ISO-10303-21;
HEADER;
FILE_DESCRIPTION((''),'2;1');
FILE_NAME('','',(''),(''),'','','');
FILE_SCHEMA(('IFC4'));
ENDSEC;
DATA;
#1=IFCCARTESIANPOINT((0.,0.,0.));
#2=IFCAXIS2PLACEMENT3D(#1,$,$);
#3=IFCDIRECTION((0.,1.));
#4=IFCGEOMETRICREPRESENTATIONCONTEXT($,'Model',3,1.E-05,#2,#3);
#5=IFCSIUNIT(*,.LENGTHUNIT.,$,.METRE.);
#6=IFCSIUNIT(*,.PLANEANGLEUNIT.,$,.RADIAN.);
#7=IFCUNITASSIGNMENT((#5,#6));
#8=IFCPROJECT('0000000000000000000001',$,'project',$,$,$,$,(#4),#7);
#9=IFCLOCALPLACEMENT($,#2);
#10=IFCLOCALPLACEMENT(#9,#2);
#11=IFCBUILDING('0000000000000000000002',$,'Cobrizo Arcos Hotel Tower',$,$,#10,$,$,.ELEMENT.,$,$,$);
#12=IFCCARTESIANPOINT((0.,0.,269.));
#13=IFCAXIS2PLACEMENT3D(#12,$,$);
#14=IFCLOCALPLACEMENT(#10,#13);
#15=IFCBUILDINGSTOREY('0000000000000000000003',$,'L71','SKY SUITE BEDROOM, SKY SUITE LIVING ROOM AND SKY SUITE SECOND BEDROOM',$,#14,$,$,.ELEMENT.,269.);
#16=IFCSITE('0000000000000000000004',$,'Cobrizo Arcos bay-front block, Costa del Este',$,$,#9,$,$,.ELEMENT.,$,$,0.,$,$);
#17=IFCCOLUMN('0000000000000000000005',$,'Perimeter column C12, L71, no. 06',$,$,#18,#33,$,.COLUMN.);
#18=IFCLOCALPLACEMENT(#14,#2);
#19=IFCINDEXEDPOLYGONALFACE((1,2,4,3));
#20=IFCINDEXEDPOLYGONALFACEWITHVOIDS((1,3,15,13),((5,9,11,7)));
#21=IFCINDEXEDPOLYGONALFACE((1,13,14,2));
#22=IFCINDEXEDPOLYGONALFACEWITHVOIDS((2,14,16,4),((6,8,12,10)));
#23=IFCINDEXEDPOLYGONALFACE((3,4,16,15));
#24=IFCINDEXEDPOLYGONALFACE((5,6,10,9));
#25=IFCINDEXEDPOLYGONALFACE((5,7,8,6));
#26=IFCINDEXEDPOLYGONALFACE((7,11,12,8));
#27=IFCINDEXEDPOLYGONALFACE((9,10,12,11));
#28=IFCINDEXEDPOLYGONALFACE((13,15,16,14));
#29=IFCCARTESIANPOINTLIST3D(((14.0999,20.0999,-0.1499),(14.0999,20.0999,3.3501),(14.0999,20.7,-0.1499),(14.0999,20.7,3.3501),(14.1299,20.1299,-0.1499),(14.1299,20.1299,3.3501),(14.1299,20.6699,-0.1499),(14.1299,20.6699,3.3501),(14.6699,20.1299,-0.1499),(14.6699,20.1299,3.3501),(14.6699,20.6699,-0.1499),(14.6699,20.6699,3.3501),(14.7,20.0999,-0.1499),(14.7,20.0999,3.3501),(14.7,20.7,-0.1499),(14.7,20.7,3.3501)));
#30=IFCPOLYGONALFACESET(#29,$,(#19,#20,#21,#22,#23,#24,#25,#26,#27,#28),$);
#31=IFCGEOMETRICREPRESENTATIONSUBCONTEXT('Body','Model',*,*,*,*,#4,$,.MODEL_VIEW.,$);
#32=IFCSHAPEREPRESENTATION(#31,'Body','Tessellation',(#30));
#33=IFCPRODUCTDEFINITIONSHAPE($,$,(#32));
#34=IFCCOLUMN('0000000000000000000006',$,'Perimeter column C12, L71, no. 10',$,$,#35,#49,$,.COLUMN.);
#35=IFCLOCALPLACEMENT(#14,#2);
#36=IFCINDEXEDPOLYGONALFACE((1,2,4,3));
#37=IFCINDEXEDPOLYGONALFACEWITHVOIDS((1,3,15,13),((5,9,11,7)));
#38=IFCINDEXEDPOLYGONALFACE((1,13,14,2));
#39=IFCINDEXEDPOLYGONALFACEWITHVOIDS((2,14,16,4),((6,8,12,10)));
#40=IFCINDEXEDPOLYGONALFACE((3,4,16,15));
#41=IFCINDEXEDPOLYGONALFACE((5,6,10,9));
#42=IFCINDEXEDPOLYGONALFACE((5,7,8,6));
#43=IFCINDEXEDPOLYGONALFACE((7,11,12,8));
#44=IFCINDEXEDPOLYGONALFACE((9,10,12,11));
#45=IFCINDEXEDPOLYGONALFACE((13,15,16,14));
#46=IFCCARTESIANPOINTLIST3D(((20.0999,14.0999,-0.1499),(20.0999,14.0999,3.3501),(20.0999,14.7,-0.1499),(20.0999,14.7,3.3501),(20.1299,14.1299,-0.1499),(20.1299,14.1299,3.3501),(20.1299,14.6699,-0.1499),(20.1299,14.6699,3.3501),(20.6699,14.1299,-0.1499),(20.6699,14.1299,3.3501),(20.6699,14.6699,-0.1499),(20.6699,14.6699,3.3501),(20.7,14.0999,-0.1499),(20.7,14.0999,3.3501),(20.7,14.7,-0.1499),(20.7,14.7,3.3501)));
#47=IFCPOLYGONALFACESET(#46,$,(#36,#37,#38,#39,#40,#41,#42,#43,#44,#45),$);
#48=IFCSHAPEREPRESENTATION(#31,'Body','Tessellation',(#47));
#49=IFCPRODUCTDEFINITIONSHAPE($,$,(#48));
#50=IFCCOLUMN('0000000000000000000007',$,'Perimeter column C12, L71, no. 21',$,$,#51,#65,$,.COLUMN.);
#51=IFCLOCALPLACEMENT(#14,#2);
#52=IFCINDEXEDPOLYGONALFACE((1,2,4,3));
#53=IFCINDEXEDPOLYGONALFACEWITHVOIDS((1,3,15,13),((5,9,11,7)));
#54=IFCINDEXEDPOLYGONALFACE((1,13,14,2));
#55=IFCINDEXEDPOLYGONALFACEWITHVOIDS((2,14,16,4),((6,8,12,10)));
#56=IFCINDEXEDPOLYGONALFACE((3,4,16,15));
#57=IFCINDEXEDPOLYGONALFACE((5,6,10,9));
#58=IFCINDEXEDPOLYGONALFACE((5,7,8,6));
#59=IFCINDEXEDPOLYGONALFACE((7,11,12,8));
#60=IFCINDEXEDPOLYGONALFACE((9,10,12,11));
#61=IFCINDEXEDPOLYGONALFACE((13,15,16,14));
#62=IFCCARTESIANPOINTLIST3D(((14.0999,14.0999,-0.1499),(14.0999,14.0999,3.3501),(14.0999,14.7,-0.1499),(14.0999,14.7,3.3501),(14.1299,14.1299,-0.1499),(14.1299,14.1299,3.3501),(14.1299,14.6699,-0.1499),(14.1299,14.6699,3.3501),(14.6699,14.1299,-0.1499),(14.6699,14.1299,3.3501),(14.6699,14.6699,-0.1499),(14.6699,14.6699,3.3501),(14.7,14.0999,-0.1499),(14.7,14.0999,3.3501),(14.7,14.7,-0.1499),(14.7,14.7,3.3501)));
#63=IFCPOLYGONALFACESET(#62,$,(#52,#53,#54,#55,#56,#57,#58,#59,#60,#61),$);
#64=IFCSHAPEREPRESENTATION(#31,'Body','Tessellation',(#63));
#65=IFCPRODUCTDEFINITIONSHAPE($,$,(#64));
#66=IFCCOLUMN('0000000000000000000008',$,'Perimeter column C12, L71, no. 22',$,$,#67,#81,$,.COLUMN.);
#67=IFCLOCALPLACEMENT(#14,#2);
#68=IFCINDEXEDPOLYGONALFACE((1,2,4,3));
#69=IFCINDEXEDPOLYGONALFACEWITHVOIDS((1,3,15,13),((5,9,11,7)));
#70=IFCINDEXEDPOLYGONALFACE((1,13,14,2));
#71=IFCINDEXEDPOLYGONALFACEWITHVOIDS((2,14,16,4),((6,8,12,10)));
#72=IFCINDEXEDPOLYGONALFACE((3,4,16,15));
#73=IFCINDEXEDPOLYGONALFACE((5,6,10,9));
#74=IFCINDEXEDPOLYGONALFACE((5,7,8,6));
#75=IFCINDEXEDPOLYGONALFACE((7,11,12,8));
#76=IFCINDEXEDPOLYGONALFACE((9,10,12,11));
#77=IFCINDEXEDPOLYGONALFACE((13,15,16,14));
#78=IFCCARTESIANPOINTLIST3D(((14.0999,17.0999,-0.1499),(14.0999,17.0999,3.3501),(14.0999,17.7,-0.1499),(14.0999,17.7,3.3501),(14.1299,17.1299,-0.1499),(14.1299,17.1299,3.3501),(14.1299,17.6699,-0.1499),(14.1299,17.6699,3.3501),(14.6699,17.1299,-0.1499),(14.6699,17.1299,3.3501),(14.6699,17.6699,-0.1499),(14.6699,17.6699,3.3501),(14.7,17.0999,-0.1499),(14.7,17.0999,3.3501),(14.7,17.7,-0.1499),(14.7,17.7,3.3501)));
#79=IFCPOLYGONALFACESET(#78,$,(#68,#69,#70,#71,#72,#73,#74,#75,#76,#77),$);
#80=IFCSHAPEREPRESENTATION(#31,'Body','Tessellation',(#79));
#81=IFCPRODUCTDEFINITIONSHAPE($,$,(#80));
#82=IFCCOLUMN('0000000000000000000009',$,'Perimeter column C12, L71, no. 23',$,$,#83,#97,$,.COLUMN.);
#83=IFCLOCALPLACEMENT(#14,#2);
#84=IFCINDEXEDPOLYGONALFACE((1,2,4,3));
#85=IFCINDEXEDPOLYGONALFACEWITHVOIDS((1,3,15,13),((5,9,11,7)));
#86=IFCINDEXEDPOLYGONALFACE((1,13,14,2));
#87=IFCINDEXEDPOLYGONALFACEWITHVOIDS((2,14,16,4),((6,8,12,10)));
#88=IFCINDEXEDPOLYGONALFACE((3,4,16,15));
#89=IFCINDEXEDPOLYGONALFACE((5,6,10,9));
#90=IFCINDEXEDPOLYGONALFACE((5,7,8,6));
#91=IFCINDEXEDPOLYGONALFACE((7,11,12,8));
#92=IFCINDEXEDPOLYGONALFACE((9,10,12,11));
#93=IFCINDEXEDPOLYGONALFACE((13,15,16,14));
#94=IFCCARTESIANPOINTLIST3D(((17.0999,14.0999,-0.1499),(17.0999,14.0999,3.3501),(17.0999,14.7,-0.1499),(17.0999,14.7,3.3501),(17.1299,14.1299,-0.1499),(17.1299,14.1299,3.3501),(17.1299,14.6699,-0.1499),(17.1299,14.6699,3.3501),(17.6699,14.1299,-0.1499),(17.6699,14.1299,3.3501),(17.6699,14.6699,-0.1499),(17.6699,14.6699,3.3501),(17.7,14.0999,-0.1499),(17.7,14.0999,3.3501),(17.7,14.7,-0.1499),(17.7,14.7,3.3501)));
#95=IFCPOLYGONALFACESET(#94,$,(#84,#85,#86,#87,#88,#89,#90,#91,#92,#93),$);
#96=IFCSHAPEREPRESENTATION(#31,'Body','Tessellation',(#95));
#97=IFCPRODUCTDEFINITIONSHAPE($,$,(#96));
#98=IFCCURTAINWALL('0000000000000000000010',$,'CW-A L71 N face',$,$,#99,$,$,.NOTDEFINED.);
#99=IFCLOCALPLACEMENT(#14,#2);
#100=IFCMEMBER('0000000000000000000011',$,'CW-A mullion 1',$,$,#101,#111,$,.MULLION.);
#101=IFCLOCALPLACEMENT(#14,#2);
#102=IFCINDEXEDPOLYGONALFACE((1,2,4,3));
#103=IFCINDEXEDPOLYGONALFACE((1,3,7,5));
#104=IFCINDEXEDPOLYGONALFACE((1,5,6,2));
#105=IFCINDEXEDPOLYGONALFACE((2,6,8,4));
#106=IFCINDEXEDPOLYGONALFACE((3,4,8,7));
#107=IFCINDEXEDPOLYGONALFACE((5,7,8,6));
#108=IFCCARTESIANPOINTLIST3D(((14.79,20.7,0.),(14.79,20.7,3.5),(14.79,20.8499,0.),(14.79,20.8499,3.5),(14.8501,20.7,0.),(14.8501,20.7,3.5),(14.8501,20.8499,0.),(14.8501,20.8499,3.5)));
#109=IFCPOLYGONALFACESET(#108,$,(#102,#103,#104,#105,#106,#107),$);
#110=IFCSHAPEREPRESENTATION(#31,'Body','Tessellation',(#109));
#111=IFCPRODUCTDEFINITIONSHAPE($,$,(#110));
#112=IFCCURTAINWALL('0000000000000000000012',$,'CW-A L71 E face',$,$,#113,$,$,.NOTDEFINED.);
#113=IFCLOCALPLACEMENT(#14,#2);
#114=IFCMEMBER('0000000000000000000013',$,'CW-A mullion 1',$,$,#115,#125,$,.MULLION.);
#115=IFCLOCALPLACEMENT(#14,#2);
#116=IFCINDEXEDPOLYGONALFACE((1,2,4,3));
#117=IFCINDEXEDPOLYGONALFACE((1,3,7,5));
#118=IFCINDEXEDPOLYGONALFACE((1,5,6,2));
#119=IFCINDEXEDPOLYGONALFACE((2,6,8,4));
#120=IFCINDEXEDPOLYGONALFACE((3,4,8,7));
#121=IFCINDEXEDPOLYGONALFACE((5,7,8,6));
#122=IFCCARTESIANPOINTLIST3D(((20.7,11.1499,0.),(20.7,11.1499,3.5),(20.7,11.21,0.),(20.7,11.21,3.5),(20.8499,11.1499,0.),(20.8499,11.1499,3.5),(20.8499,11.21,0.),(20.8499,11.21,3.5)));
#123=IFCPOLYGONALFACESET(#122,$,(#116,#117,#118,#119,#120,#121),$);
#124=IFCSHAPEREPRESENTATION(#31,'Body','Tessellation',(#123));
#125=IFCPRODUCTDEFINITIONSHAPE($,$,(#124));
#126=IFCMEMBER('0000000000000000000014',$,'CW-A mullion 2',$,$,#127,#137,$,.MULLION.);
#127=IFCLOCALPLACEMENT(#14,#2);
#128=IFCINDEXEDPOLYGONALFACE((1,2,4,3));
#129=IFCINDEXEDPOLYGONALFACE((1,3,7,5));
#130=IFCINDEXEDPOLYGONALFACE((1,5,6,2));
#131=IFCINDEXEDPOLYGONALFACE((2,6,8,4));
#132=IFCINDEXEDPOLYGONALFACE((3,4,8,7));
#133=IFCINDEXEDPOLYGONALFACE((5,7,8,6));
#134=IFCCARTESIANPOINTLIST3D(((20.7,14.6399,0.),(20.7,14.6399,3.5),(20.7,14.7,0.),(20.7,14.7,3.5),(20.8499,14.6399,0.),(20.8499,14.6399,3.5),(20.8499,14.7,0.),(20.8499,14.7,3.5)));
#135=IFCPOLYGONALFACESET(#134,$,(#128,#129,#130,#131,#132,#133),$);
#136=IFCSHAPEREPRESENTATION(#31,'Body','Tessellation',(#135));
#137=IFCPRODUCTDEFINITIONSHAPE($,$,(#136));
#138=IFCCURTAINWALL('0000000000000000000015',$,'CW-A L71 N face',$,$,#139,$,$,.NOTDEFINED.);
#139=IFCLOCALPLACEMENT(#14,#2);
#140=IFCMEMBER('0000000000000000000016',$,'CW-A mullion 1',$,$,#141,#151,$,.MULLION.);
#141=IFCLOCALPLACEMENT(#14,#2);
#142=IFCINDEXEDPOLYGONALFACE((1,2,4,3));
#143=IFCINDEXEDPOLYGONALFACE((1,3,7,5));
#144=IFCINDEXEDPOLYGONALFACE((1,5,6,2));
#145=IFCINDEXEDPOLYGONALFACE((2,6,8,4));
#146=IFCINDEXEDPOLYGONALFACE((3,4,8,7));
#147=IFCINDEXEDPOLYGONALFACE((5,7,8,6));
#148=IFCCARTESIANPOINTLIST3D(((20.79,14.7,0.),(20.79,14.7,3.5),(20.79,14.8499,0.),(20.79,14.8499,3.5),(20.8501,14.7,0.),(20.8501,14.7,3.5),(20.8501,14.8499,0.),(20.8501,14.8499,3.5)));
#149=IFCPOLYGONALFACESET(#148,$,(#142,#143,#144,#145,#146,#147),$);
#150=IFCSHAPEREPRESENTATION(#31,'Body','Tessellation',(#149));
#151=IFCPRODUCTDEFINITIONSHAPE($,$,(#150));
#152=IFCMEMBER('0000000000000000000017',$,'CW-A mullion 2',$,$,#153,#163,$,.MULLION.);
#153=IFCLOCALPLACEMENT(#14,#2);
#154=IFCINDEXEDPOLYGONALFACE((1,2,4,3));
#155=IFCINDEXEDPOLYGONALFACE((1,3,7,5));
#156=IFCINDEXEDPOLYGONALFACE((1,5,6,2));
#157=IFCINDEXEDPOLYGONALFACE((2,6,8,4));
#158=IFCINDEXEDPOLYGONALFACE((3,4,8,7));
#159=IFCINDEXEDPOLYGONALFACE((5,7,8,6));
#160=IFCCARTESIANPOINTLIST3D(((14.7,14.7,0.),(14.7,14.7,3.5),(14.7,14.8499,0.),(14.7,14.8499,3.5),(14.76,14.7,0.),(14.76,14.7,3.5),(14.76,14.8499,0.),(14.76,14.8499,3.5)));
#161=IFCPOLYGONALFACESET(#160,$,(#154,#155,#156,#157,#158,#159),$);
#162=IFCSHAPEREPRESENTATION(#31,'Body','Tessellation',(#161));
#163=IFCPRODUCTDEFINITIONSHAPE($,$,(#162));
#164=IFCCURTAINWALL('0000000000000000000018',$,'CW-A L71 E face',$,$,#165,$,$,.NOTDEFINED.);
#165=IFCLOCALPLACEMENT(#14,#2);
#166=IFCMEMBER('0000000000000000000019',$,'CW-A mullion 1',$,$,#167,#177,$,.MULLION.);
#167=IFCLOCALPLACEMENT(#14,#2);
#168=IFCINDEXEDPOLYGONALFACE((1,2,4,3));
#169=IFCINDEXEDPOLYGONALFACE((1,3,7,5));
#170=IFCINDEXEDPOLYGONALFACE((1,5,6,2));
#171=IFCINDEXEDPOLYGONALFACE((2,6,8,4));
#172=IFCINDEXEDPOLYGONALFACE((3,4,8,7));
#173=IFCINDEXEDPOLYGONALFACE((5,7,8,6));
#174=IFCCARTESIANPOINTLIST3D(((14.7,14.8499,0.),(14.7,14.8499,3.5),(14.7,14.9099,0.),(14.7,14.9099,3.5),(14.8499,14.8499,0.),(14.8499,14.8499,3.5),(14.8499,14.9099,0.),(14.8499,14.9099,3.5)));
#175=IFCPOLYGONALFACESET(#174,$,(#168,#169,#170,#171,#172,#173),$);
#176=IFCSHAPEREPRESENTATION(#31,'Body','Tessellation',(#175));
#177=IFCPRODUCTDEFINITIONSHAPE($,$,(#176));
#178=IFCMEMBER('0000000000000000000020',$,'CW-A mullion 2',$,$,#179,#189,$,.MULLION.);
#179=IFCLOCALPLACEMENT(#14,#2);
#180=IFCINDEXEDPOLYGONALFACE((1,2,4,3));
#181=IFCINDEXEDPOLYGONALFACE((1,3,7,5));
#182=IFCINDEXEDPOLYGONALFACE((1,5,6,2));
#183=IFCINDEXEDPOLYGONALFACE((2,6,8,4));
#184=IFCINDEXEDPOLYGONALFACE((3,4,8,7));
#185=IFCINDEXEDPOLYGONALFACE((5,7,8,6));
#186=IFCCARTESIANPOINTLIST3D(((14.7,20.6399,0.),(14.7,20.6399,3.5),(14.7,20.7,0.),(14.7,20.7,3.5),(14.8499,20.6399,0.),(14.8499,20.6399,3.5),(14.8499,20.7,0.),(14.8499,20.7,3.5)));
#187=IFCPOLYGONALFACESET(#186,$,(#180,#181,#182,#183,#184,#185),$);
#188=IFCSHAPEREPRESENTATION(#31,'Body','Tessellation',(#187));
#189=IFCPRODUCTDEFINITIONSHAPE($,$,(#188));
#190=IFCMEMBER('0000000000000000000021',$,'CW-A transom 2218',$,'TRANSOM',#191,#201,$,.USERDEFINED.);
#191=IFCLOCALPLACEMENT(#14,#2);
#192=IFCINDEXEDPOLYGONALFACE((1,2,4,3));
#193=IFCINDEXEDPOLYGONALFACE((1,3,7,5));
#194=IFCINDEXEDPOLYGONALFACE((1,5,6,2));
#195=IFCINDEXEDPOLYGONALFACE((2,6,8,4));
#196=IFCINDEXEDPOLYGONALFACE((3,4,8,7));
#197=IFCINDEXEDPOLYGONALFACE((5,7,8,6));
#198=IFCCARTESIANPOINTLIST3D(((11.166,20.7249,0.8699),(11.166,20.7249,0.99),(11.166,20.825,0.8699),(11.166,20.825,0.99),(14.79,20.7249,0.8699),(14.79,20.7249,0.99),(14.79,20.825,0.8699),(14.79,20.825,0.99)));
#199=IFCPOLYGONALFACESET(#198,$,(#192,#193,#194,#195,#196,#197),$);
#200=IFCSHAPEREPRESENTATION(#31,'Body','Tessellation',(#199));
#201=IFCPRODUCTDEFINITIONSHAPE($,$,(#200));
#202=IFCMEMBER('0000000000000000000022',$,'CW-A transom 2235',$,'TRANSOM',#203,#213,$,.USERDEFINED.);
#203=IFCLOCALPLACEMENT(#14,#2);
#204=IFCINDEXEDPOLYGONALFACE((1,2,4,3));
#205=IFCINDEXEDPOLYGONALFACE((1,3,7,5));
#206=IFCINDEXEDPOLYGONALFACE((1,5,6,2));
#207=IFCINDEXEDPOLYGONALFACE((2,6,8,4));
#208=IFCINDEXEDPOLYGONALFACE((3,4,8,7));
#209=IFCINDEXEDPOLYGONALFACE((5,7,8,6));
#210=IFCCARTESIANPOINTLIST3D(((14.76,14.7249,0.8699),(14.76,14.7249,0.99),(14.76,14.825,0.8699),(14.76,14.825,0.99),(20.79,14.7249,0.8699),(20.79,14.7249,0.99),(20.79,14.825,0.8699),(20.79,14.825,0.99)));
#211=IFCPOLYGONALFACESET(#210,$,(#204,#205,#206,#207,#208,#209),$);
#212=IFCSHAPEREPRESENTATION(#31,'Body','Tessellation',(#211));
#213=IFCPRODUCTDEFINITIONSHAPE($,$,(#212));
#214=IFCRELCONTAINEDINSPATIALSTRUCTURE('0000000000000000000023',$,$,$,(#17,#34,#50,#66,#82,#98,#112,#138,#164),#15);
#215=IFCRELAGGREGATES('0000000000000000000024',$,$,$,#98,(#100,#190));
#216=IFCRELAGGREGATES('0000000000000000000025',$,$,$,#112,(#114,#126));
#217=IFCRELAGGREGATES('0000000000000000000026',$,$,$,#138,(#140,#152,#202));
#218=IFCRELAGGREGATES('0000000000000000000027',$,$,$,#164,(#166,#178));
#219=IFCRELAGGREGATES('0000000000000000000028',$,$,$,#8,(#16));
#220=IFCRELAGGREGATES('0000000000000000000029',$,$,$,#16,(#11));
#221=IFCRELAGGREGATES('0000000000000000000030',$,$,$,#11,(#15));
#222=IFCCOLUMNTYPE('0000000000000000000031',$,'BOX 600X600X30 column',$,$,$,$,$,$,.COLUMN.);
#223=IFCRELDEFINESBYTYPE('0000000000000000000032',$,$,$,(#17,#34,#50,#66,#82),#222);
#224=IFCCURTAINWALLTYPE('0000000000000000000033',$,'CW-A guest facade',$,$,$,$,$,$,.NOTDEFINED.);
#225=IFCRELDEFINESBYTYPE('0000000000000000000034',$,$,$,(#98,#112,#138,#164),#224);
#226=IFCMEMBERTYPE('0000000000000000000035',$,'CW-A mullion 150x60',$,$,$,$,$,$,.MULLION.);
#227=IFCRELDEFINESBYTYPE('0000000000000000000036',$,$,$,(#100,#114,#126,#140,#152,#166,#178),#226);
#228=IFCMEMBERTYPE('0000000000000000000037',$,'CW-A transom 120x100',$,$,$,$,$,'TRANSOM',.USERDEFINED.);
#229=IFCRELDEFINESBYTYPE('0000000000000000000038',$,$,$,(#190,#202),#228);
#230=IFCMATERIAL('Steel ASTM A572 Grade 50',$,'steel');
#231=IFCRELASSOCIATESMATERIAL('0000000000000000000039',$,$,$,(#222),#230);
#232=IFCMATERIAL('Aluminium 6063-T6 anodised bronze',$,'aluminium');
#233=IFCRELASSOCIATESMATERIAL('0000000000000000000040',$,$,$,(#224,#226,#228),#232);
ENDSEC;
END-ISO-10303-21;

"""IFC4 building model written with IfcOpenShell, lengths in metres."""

from ifc_helpers import new_model, si_unit, direction, frame, origin, origin_2d, place, context, subcontext, project, spatial, rectangle, hollow_rectangle, extrude, material, material_profile, profile_set, type_object, element, aggregate, save


model = new_model("IFC4")

# Units and contexts
model_context = context("Model", 3, precision=1e-05, world=origin(), true_north=direction((0.0, 1.0)))
body_context = subcontext(model_context, "Body", "Model", "MODEL_VIEW")
ifc_project = project(units=[si_unit("LENGTHUNIT", "METRE"), si_unit("PLANEANGLEUNIT", "RADIAN")], contexts=[model_context])

# Site, building, storey
site_placement = place(None, origin())
site = spatial("IfcSite", under=ifc_project, at=site_placement, Name="Cobrizo Arcos bay-front block, Costa del Este", CompositionType="ELEMENT", RefElevation=0.0)
building_placement = place(site_placement, origin())
building = spatial("IfcBuilding", under=site, at=building_placement, Name="Cobrizo Arcos Hotel Tower", CompositionType="ELEMENT")
storey_placement = place(building_placement, frame((0.0, 0.0, 269.0)))
storey = spatial("IfcBuildingStorey", under=building, at=storey_placement, Name="L71", Description="SKY SUITE BEDROOM, SKY SUITE LIVING ROOM AND SKY SUITE SECOND BEDROOM", CompositionType="ELEMENT", Elevation=269.0)

# Columns
ifc_material_1 = material(Name="Steel ASTM A572 Grade 50", Category="steel")
ifc_material_profile_1 = material_profile(ifc_material_1, hollow_rectangle(XDim=0.6001, YDim=0.6001, WallThickness=0.03, at=origin_2d()), Name="BOX 600X600X30")
ifc_profile_set_1 = profile_set([ifc_material_profile_1], Name="Steel ASTM A572 Grade 50")
column_type = type_object("IfcColumnType", Name="BOX 600X600X30 column", PredefinedType="COLUMN", material=ifc_profile_set_1)
for number, where, z_axis, x_axis, name in (
    (1, (14.3999, 20.3999, -0.1499), (0.0, 0.0, 1.0), (1.0, 0.0, 0.0), "Perimeter column C12, L71, no. 06"),
    (2, (20.3999, 14.3999, -0.1499), (0.0, 0.0, 1.0), (1.0, 0.0, 0.0), "Perimeter column C12, L71, no. 10"),
    (3, (14.3999, 14.3999, -0.1499), (0.0, 0.0, 1.0), (1.0, 0.0, 0.0), "Perimeter column C12, L71, no. 21"),
    (4, (14.3999, 17.3999, -0.1499), (0.0, 0.0, 1.0), (1.0, 0.0, 0.0), "Perimeter column C12, L71, no. 22"),
    (5, (17.3999, 14.3999, -0.1499), (0.0, 0.0, 1.0), (1.0, 0.0, 0.0), "Perimeter column C12, L71, no. 23"),
):
    element("IfcColumn", number, at=place(storey_placement, frame(where, z_axis=z_axis, x_axis=x_axis)), inside=storey, type_object=column_type, Name=name, PredefinedType="COLUMN", context=body_context, shape_type="SweptSolid", body=[
        extrude(hollow_rectangle(XDim=0.6001, YDim=0.6001, WallThickness=0.03, at=origin_2d()), origin(), (0.0, 0.0, 1.0), 3.5),
    ])

# Curtain wall, member
ifc_material_2 = material(Name="Aluminium 6063-T6 anodised bronze", Category="aluminium")
curtain_wall_type = type_object("IfcCurtainWallType", Name="CW-A guest facade", PredefinedType="NOTDEFINED", material=ifc_material_2)
curtain_wall_1_placement = place(storey_placement, origin())
curtain_wall_1 = element("IfcCurtainWall", 6, at=curtain_wall_1_placement, inside=storey, type_object=curtain_wall_type, Name="CW-A L71 N face", PredefinedType="NOTDEFINED")
ifc_material_profile_2 = material_profile(ifc_material_2, rectangle(XDim=0.1499, YDim=0.0601, at=origin_2d()), Name="CW-A mullion 150x60")
ifc_profile_set_2 = profile_set([ifc_material_profile_2], Name="Aluminium 6063-T6 anodised bronze")
member_type_1 = type_object("IfcMemberType", Name="CW-A mullion 150x60", PredefinedType="MULLION", material=ifc_profile_set_2)
member_1_placement = place(storey_placement, frame((14.8201, 20.7749, 0.0), z_axis=(0.0, 0.0, 1.0), x_axis=(0.0, 1.0, 0.0)))
member_1 = element("IfcMember", 7, at=member_1_placement, type_object=member_type_1, Name="CW-A mullion 1", PredefinedType="MULLION", context=body_context, shape_type="SweptSolid", body=[
    extrude(rectangle(XDim=0.1499, YDim=0.0601, at=origin_2d()), origin(), (0.0, 0.0, 1.0), 3.5),
])

# Curtain walls, members
curtain_wall_2_placement = place(storey_placement, origin())
curtain_wall_2 = element("IfcCurtainWall", 8, at=curtain_wall_2_placement, inside=storey, type_object=curtain_wall_type, Name="CW-A L71 E face", PredefinedType="NOTDEFINED")
member_2_placement = place(storey_placement, frame((20.7749, 11.1799, 0.0), z_axis=(0.0, 0.0, 1.0), x_axis=(1.0, 0.0, 0.0)))
member_2 = element("IfcMember", 9, at=member_2_placement, type_object=member_type_1, Name="CW-A mullion 1", PredefinedType="MULLION", context=body_context, shape_type="SweptSolid", body=[
    extrude(rectangle(XDim=0.1499, YDim=0.0601, at=origin_2d()), origin(), (0.0, 0.0, 1.0), 3.5),
])
member_3_placement = place(storey_placement, frame((20.7749, 14.6699, 0.0), z_axis=(0.0, 0.0, 1.0), x_axis=(1.0, 0.0, 0.0)))
member_3 = element("IfcMember", 10, at=member_3_placement, type_object=member_type_1, Name="CW-A mullion 2", PredefinedType="MULLION", context=body_context, shape_type="SweptSolid", body=[
    extrude(rectangle(XDim=0.1499, YDim=0.0601, at=origin_2d()), origin(), (0.0, 0.0, 1.0), 3.5),
])
curtain_wall_3_placement = place(storey_placement, origin())
curtain_wall_3 = element("IfcCurtainWall", 11, at=curtain_wall_3_placement, inside=storey, type_object=curtain_wall_type, Name="CW-A L71 N face", PredefinedType="NOTDEFINED")
member_4_placement = place(storey_placement, frame((20.8201, 14.7749, 0.0), z_axis=(0.0, 0.0, 1.0), x_axis=(0.0, 1.0, 0.0)))
member_4 = element("IfcMember", 12, at=member_4_placement, type_object=member_type_1, Name="CW-A mullion 1", PredefinedType="MULLION", context=body_context, shape_type="SweptSolid", body=[
    extrude(rectangle(XDim=0.1499, YDim=0.0601, at=origin_2d()), origin(), (0.0, 0.0, 1.0), 3.5),
])
member_5_placement = place(storey_placement, frame((14.73, 14.7749, 0.0), z_axis=(0.0, 0.0, 1.0), x_axis=(0.0, 1.0, 0.0)))
member_5 = element("IfcMember", 13, at=member_5_placement, type_object=member_type_1, Name="CW-A mullion 2", PredefinedType="MULLION", context=body_context, shape_type="SweptSolid", body=[
    extrude(rectangle(XDim=0.1499, YDim=0.0601, at=origin_2d()), origin(), (0.0, 0.0, 1.0), 3.5),
])
curtain_wall_4_placement = place(storey_placement, origin())
curtain_wall_4 = element("IfcCurtainWall", 14, at=curtain_wall_4_placement, inside=storey, type_object=curtain_wall_type, Name="CW-A L71 E face", PredefinedType="NOTDEFINED")
member_6_placement = place(storey_placement, frame((14.7749, 14.8799, 0.0), z_axis=(0.0, 0.0, 1.0), x_axis=(1.0, 0.0, 0.0)))
member_6 = element("IfcMember", 15, at=member_6_placement, type_object=member_type_1, Name="CW-A mullion 1", PredefinedType="MULLION", context=body_context, shape_type="SweptSolid", body=[
    extrude(rectangle(XDim=0.1499, YDim=0.0601, at=origin_2d()), origin(), (0.0, 0.0, 1.0), 3.5),
])
member_7_placement = place(storey_placement, frame((14.7749, 20.6699, 0.0), z_axis=(0.0, 0.0, 1.0), x_axis=(1.0, 0.0, 0.0)))
member_7 = element("IfcMember", 16, at=member_7_placement, type_object=member_type_1, Name="CW-A mullion 2", PredefinedType="MULLION", context=body_context, shape_type="SweptSolid", body=[
    extrude(rectangle(XDim=0.1499, YDim=0.0601, at=origin_2d()), origin(), (0.0, 0.0, 1.0), 3.5),
])

# Members
ifc_material_profile_3 = material_profile(ifc_material_2, rectangle(XDim=0.1001, YDim=0.1201, at=origin_2d()), Name="CW-A transom 120x100")
ifc_profile_set_3 = profile_set([ifc_material_profile_3], Name="Aluminium 6063-T6 anodised bronze")
member_type_2 = type_object("IfcMemberType", Name="CW-A transom 120x100", ElementType="TRANSOM", PredefinedType="USERDEFINED", material=ifc_profile_set_3)
member_8_placement = place(storey_placement, frame((14.79, 20.7749, 0.9299), z_axis=(-1.0, 0.0, 0.0), x_axis=(0.0, -1.0, 0.0)))
member_8 = element("IfcMember", 17, at=member_8_placement, type_object=member_type_2, Name="CW-A transom 2218", ObjectType="TRANSOM", PredefinedType="USERDEFINED", context=body_context, shape_type="SweptSolid", body=[
    extrude(rectangle(XDim=0.1001, YDim=0.1201, at=origin_2d()), origin(), (0.0, 0.0, 1.0), 3.624),
])
aggregate(curtain_wall_1, [member_1, member_8])
member_9_placement = place(storey_placement, frame((20.79, 14.7749, 0.9299), z_axis=(-1.0, 0.0, 0.0), x_axis=(0.0, -1.0, 0.0)))
member_9 = element("IfcMember", 18, at=member_9_placement, type_object=member_type_2, Name="CW-A transom 2235", ObjectType="TRANSOM", PredefinedType="USERDEFINED", context=body_context, shape_type="SweptSolid", body=[
    extrude(rectangle(XDim=0.1001, YDim=0.1201, at=origin_2d()), origin(), (0.0, 0.0, 1.0), 6.03),
])

aggregate(curtain_wall_2, [member_2, member_3])
aggregate(curtain_wall_3, [member_4, member_5, member_9])
aggregate(curtain_wall_4, [member_6, member_7])

save(model, "model.ifc")
